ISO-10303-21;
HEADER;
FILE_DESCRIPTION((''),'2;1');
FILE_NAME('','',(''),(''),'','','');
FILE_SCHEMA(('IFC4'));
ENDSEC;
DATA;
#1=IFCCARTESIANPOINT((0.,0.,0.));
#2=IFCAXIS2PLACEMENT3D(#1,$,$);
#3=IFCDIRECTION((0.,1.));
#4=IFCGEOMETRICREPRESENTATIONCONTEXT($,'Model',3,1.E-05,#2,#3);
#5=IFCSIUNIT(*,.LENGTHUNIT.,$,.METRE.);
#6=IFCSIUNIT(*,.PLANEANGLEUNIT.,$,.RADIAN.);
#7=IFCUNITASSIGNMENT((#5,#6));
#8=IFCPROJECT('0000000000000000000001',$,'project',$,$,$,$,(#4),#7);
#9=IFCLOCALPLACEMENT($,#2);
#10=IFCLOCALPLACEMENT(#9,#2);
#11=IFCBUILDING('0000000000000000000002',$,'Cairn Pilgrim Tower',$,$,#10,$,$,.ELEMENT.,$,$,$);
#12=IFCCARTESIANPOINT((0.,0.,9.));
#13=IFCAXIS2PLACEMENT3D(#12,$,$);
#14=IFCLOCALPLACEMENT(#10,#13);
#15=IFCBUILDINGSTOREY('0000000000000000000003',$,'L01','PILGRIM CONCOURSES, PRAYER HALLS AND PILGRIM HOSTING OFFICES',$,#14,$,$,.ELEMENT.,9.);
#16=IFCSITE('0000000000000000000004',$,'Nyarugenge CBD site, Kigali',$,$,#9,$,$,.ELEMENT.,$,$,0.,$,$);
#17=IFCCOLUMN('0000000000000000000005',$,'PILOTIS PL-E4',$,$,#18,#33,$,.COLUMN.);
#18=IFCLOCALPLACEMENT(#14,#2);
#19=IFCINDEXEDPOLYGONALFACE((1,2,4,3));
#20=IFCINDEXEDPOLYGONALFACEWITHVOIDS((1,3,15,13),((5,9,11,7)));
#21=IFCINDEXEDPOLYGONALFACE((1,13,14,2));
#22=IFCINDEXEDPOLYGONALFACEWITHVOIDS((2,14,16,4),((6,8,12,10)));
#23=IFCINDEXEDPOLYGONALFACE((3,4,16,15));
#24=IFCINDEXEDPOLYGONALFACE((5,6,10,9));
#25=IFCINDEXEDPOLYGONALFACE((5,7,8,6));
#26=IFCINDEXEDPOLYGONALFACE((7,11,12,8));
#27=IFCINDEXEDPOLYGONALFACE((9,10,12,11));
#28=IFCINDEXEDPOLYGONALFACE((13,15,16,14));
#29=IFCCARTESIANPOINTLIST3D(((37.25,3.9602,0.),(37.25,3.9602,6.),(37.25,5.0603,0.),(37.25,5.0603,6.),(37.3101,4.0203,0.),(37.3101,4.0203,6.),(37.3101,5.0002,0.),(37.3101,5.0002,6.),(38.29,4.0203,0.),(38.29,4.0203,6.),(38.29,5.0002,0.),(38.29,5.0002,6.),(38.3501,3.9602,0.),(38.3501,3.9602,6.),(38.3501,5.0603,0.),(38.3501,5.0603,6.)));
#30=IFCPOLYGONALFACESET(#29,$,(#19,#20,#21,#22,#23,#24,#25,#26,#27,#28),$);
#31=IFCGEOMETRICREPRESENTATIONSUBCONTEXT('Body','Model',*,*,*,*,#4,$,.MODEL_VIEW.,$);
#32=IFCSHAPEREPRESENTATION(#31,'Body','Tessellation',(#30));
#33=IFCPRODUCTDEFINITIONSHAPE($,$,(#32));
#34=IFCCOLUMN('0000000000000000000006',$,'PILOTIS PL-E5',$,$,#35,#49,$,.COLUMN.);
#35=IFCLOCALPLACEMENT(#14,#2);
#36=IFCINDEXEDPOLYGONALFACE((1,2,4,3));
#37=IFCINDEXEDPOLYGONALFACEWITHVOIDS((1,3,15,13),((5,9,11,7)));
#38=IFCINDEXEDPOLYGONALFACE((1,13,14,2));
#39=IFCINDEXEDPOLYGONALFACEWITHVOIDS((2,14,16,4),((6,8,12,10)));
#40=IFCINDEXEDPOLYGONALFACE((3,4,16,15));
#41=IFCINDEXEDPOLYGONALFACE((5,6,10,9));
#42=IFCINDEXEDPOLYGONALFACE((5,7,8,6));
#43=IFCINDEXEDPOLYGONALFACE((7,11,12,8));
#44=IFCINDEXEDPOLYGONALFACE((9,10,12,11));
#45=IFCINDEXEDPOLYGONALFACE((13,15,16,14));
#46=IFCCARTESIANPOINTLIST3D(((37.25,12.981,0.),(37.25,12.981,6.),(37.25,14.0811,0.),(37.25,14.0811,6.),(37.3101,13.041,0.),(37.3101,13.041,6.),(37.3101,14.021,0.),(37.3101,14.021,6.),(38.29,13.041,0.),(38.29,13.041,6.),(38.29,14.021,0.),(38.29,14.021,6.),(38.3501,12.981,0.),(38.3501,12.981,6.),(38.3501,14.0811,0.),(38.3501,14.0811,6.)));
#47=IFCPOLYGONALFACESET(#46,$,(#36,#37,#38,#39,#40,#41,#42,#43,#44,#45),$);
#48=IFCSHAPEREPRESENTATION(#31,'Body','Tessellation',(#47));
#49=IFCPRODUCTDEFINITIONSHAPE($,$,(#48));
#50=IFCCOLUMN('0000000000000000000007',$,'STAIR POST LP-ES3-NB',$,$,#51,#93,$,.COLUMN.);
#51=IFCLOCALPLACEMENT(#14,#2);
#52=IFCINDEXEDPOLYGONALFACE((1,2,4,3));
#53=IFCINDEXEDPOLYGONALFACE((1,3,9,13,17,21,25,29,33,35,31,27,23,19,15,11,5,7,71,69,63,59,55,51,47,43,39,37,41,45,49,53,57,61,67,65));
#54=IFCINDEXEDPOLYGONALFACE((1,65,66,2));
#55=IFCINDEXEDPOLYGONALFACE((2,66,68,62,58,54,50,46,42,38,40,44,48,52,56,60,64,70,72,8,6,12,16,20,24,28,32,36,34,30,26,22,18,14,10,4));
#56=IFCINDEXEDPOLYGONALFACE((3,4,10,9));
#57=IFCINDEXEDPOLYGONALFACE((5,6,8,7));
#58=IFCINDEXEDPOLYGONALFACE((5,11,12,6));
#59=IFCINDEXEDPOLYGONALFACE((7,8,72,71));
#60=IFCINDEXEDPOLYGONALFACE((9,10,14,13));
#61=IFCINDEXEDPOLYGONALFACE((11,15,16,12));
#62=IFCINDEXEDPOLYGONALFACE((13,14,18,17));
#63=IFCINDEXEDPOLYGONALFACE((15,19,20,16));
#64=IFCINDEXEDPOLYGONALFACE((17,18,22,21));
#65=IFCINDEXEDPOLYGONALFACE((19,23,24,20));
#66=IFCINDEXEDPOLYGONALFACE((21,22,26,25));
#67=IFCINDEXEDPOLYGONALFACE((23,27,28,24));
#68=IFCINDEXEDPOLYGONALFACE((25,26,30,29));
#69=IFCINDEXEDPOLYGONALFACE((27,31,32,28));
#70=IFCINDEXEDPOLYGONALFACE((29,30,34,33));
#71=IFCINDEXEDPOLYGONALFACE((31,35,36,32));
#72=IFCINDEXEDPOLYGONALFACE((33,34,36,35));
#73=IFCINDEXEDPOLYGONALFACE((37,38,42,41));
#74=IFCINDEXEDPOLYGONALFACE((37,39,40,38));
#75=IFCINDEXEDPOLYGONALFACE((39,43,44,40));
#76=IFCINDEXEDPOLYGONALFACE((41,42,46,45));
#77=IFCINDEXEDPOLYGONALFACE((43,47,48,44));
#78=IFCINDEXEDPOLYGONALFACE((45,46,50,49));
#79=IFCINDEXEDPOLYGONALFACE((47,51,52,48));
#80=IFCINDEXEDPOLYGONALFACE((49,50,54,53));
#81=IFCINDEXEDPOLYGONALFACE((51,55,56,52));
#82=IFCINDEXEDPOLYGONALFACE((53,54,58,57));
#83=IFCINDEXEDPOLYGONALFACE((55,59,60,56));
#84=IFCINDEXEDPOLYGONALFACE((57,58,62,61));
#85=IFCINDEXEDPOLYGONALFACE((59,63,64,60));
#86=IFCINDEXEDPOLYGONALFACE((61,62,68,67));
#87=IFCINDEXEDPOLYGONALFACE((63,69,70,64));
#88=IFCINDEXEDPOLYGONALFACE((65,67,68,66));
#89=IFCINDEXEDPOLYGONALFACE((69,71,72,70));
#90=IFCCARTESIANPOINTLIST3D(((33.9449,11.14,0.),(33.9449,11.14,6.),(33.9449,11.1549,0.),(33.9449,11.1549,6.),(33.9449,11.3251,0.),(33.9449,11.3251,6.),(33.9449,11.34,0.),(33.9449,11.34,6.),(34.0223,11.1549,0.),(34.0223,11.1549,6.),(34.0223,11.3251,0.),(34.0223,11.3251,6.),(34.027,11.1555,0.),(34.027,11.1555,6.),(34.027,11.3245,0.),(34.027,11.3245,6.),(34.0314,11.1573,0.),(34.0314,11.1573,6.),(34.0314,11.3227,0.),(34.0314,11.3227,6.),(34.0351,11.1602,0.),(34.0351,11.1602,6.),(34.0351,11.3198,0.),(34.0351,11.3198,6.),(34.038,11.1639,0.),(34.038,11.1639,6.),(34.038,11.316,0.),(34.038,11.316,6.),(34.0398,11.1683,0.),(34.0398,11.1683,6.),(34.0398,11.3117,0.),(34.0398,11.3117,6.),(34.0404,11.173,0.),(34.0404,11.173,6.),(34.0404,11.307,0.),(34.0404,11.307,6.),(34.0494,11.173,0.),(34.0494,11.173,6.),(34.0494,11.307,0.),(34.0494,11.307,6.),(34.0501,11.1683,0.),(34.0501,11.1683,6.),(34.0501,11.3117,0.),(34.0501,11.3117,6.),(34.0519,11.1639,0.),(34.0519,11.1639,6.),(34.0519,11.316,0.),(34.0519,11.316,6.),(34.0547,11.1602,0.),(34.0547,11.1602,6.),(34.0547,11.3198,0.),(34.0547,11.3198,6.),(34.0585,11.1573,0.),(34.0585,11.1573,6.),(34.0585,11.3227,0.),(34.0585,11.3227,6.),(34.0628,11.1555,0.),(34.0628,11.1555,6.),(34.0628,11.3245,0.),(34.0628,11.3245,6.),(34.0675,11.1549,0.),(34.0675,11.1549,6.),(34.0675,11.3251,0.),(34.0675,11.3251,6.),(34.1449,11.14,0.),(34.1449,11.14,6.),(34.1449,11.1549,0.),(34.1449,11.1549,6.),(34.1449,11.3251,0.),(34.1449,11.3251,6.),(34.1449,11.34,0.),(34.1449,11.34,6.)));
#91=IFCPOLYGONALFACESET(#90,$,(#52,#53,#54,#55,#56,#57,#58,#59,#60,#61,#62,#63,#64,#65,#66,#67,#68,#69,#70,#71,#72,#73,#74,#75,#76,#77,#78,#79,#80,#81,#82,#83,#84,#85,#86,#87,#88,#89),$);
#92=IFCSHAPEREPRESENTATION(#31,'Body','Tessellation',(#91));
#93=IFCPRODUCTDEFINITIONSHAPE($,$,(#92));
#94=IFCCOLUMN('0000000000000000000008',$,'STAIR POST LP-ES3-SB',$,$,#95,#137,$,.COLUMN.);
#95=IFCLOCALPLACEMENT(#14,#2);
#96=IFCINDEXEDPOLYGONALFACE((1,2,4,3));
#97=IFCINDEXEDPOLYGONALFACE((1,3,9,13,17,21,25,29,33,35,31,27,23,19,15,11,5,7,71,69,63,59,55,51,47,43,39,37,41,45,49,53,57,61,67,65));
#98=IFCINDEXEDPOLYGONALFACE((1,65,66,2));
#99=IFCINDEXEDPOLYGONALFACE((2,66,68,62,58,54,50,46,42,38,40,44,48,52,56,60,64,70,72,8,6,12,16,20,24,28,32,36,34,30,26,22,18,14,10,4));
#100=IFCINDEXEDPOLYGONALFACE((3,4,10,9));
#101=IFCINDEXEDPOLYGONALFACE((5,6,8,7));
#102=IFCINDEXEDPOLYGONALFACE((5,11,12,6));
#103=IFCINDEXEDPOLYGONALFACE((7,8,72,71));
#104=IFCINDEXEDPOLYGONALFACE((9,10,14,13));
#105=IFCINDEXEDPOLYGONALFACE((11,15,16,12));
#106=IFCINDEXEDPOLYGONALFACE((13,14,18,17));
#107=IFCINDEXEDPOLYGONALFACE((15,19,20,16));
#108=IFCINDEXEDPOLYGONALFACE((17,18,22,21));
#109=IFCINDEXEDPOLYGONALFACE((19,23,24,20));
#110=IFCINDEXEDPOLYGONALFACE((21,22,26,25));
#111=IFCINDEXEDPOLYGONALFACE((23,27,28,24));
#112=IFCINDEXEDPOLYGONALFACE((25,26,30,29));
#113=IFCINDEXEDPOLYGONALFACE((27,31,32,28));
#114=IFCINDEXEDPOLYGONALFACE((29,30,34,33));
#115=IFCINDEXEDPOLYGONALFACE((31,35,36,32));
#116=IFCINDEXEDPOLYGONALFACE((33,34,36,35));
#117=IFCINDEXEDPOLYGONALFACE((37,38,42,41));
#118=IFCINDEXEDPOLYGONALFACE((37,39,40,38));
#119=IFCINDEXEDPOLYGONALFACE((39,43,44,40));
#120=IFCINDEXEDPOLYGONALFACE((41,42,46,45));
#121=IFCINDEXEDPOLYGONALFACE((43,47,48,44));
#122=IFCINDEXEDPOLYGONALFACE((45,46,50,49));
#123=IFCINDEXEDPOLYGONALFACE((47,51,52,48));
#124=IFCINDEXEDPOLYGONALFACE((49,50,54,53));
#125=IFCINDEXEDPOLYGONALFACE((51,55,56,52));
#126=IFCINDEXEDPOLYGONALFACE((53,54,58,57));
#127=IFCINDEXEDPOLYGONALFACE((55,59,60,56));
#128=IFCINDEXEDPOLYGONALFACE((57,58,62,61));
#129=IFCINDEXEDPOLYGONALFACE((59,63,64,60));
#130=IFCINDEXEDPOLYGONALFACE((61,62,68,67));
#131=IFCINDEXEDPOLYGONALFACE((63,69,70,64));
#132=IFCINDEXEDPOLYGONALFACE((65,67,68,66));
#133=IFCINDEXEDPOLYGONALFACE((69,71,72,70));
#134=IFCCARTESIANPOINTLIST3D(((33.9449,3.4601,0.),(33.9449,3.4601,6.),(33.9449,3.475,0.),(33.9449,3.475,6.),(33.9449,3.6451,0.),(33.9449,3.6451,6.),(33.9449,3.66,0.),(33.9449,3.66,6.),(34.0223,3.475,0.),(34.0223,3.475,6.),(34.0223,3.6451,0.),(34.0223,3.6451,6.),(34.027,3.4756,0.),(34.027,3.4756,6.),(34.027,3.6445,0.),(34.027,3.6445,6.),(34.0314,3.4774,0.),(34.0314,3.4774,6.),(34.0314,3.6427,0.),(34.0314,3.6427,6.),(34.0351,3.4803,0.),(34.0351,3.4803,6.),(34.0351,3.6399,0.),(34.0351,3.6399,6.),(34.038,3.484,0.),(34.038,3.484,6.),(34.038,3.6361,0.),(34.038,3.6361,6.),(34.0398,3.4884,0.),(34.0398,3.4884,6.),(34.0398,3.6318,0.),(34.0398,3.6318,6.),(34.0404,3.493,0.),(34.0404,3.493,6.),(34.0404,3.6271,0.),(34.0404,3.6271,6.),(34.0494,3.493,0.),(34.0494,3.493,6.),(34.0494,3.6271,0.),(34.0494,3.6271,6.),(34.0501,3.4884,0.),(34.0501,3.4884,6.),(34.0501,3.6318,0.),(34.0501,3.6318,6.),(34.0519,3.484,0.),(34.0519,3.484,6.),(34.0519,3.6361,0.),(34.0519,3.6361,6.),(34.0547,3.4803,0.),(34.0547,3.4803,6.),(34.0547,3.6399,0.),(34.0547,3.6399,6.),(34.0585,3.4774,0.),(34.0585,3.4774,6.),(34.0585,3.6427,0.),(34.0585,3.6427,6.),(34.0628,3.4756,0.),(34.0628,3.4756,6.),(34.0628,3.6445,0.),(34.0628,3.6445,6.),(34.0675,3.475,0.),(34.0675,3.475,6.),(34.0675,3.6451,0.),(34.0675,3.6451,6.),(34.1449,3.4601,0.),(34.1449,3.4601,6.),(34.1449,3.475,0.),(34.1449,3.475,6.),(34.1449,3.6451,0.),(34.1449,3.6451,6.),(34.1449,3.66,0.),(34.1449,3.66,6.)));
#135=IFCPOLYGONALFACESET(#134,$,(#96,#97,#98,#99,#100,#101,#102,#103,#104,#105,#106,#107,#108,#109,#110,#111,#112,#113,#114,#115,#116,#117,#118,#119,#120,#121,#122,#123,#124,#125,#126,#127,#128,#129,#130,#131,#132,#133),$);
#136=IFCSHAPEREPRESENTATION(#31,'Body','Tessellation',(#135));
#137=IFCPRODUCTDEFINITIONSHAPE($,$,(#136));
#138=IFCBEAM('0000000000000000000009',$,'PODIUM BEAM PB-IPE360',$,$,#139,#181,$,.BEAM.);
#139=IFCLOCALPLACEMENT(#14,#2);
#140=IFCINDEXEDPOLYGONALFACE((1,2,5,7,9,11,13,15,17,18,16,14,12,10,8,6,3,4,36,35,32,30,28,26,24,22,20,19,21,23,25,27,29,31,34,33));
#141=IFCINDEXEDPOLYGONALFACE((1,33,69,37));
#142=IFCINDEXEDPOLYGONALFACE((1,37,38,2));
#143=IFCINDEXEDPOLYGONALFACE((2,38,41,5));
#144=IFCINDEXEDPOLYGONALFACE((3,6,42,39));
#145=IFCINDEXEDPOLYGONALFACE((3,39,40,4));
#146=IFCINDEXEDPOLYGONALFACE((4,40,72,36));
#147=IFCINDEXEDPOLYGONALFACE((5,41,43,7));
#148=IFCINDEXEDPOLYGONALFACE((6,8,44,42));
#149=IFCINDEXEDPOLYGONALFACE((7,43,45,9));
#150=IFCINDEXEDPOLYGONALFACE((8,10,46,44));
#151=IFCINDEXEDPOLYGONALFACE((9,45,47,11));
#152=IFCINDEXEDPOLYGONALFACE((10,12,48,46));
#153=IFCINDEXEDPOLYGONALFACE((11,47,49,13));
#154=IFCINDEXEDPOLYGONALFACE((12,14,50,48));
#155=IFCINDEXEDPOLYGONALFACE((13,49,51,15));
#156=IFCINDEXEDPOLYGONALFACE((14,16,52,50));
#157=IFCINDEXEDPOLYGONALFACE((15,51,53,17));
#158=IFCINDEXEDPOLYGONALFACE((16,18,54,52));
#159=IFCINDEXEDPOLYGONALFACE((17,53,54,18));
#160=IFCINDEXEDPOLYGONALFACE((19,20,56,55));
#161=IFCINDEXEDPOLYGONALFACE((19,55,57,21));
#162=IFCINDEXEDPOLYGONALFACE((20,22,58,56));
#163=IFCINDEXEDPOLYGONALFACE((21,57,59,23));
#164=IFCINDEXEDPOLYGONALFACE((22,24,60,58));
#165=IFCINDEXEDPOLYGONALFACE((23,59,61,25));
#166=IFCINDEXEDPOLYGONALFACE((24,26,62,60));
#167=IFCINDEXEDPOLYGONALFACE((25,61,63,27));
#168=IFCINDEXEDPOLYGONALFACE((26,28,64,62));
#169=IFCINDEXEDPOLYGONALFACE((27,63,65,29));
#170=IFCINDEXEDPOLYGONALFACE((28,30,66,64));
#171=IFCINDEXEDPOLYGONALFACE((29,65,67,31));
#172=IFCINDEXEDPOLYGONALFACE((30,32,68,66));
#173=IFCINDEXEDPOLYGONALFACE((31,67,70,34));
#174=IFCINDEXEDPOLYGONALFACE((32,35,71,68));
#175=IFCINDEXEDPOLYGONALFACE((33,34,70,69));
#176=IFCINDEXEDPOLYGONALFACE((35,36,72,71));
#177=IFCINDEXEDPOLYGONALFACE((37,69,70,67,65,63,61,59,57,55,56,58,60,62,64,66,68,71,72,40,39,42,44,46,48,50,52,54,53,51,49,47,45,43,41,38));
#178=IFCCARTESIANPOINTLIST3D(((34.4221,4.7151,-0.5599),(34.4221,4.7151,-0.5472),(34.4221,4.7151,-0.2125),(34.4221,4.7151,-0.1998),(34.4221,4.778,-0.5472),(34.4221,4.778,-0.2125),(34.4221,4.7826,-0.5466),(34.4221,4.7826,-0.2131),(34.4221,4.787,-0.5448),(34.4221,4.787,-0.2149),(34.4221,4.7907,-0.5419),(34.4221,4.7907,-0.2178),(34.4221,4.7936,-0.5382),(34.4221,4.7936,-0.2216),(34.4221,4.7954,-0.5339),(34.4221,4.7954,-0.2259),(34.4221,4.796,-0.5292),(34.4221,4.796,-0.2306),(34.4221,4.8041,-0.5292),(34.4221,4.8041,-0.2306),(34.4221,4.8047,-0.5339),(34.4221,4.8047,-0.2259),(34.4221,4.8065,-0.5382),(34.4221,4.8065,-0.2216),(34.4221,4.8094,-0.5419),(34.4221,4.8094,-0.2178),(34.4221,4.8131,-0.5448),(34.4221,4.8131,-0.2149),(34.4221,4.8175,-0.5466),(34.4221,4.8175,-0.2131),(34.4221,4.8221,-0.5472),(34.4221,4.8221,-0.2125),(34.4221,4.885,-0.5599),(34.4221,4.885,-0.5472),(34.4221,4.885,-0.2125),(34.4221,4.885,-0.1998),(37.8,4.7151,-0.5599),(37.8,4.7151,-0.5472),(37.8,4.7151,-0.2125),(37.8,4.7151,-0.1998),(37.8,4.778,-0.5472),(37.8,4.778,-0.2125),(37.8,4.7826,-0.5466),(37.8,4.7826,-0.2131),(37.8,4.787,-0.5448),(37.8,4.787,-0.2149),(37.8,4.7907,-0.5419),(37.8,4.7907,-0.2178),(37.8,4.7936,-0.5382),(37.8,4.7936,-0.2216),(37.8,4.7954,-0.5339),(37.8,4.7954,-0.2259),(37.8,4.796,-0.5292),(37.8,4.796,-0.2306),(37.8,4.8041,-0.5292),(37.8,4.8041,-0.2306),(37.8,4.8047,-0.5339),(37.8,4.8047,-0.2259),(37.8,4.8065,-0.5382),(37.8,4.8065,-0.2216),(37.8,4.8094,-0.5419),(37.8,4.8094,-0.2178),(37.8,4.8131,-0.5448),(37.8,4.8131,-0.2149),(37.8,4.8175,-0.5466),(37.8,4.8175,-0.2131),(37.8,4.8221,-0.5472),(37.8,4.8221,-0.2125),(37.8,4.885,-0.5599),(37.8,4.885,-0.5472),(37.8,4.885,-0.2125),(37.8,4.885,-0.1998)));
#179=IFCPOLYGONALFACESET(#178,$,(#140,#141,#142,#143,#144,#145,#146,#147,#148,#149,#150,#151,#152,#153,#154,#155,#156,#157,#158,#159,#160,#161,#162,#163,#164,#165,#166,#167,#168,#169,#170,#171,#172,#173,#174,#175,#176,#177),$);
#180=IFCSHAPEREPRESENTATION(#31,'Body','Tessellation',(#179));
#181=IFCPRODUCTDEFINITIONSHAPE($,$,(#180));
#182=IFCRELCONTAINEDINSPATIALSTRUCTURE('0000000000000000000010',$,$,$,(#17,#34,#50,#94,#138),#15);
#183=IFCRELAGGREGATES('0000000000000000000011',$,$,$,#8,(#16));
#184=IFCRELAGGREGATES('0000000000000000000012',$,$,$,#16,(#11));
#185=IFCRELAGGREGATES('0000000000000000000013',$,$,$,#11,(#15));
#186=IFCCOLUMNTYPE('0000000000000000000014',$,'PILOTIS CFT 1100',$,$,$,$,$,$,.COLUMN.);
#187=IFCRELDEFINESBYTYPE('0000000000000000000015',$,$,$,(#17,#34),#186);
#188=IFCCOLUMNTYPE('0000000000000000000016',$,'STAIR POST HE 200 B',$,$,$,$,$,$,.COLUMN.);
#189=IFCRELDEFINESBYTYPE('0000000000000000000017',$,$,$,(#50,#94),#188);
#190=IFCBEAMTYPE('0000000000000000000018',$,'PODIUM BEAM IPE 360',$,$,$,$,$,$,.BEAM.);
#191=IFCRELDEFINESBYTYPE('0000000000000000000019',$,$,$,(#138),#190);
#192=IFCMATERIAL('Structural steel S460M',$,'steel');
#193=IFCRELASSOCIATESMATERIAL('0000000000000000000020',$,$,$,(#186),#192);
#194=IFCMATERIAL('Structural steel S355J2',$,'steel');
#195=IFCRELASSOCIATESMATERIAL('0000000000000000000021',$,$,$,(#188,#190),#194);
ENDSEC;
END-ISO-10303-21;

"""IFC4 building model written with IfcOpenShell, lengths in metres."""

from ifc_helpers import new_model, si_unit, direction, frame, origin, origin_2d, place, context, subcontext, project, spatial, hollow_rectangle, i_section, extrude, material, material_profile, profile_set, type_object, element, save


model = new_model("IFC4")

# Units and contexts
model_context = context("Model", 3, precision=1e-05, world=origin(), true_north=direction((0.0, 1.0)))
body_context = subcontext(model_context, "Body", "Model", "MODEL_VIEW")
ifc_project = project(units=[si_unit("LENGTHUNIT", "METRE"), si_unit("PLANEANGLEUNIT", "RADIAN")], contexts=[model_context])

# Site, building, storey
site_placement = place(None, origin())
site = spatial("IfcSite", under=ifc_project, at=site_placement, Name="Nyarugenge CBD site, Kigali", CompositionType="ELEMENT", RefElevation=0.0)
building_placement = place(site_placement, origin())
building = spatial("IfcBuilding", under=site, at=building_placement, Name="Cairn Pilgrim Tower", CompositionType="ELEMENT")
storey_placement = place(building_placement, frame((0.0, 0.0, 9.0)))
storey = spatial("IfcBuildingStorey", under=building, at=storey_placement, Name="L01", Description="PILGRIM CONCOURSES, PRAYER HALLS AND PILGRIM HOSTING OFFICES", CompositionType="ELEMENT", Elevation=9.0)

# Columns
ifc_material_1 = material(Name="Structural steel S460M", Category="steel")
ifc_material_profile_1 = material_profile(ifc_material_1, hollow_rectangle(XDim=1.1001, YDim=1.1001, WallThickness=0.0601, at=origin_2d()), Name="BOX 1100x1100x60")
ifc_profile_set_1 = profile_set([ifc_material_profile_1], Name="Structural steel S460M")
column_type_1 = type_object("IfcColumnType", Name="PILOTIS CFT 1100", PredefinedType="COLUMN", material=ifc_profile_set_1)
for number, where, z_axis, x_axis, name in (
    (1, (37.8, 4.5103, 0.0), (0.0, 0.0, 1.0), (1.0, 0.0, 0.0), "PILOTIS PL-E4"),
    (2, (37.8, 13.531, 0.0), (0.0, 0.0, 1.0), (1.0, 0.0, 0.0), "PILOTIS PL-E5"),
):
    element("IfcColumn", number, at=place(storey_placement, frame(where, z_axis=z_axis, x_axis=x_axis)), inside=storey, type_object=column_type_1, Name=name, PredefinedType="COLUMN", context=body_context, shape_type="SweptSolid", body=[
        extrude(hollow_rectangle(XDim=1.1001, YDim=1.1001, WallThickness=0.0601, at=origin_2d()), origin(), (0.0, 0.0, 1.0), 6.0),
    ])
ifc_material_2 = material(Name="Structural steel S355J2", Category="steel")
ifc_material_profile_2 = material_profile(ifc_material_2, i_section(OverallWidth=0.2, OverallDepth=0.2, WebThickness=0.009, FlangeThickness=0.0149, FilletRadius=0.0181, at=origin_2d()), Name="HE 200 B")
ifc_profile_set_2 = profile_set([ifc_material_profile_2], Name="Structural steel S355J2")
column_type_2 = type_object("IfcColumnType", Name="STAIR POST HE 200 B", PredefinedType="COLUMN", material=ifc_profile_set_2)
for number, where, z_axis, x_axis, name in (
    (3, (34.0449, 11.24, 0.0), (0.0, 0.0, 1.0), (1.0, 0.0, 0.0), "STAIR POST LP-ES3-NB"),
    (4, (34.0449, 3.5601, 0.0), (0.0, 0.0, 1.0), (1.0, 0.0, 0.0), "STAIR POST LP-ES3-SB"),
):
    element("IfcColumn", number, at=place(storey_placement, frame(where, z_axis=z_axis, x_axis=x_axis)), inside=storey, type_object=column_type_2, Name=name, PredefinedType="COLUMN", context=body_context, shape_type="SweptSolid", body=[
        extrude(i_section(OverallWidth=0.2, OverallDepth=0.2, WebThickness=0.009, FlangeThickness=0.0149, FilletRadius=0.0181, at=origin_2d()), origin(), (0.0, 0.0, 1.0), 6.0),
    ])

# Beam
ifc_material_profile_3 = material_profile(ifc_material_2, i_section(OverallWidth=0.1699, OverallDepth=0.3601, WebThickness=0.0081, FlangeThickness=0.0127, FilletRadius=0.0181, at=origin_2d()), Name="IPE 360")
ifc_profile_set_3 = profile_set([ifc_material_profile_3], Name="Structural steel S355J2")
beam_type_1 = type_object("IfcBeamType", Name="PODIUM BEAM IPE 360", PredefinedType="BEAM", material=ifc_profile_set_3)
beam_1_placement = place(storey_placement, frame((34.4221, 4.8, -0.3799), z_axis=(1.0, 0.0, 0.0), x_axis=(0.0, 1.0, 0.0)))
element("IfcBeam", 5, at=beam_1_placement, inside=storey, type_object=beam_type_1, Name="PODIUM BEAM PB-IPE360", PredefinedType="BEAM", context=body_context, shape_type="SweptSolid", body=[
    extrude(i_section(OverallWidth=0.1699, OverallDepth=0.3601, WebThickness=0.0081, FlangeThickness=0.0127, FilletRadius=0.0181, at=origin_2d()), origin(), (0.0, 0.0, 1.0), 3.3779),
])

save(model, "model.ifc")
